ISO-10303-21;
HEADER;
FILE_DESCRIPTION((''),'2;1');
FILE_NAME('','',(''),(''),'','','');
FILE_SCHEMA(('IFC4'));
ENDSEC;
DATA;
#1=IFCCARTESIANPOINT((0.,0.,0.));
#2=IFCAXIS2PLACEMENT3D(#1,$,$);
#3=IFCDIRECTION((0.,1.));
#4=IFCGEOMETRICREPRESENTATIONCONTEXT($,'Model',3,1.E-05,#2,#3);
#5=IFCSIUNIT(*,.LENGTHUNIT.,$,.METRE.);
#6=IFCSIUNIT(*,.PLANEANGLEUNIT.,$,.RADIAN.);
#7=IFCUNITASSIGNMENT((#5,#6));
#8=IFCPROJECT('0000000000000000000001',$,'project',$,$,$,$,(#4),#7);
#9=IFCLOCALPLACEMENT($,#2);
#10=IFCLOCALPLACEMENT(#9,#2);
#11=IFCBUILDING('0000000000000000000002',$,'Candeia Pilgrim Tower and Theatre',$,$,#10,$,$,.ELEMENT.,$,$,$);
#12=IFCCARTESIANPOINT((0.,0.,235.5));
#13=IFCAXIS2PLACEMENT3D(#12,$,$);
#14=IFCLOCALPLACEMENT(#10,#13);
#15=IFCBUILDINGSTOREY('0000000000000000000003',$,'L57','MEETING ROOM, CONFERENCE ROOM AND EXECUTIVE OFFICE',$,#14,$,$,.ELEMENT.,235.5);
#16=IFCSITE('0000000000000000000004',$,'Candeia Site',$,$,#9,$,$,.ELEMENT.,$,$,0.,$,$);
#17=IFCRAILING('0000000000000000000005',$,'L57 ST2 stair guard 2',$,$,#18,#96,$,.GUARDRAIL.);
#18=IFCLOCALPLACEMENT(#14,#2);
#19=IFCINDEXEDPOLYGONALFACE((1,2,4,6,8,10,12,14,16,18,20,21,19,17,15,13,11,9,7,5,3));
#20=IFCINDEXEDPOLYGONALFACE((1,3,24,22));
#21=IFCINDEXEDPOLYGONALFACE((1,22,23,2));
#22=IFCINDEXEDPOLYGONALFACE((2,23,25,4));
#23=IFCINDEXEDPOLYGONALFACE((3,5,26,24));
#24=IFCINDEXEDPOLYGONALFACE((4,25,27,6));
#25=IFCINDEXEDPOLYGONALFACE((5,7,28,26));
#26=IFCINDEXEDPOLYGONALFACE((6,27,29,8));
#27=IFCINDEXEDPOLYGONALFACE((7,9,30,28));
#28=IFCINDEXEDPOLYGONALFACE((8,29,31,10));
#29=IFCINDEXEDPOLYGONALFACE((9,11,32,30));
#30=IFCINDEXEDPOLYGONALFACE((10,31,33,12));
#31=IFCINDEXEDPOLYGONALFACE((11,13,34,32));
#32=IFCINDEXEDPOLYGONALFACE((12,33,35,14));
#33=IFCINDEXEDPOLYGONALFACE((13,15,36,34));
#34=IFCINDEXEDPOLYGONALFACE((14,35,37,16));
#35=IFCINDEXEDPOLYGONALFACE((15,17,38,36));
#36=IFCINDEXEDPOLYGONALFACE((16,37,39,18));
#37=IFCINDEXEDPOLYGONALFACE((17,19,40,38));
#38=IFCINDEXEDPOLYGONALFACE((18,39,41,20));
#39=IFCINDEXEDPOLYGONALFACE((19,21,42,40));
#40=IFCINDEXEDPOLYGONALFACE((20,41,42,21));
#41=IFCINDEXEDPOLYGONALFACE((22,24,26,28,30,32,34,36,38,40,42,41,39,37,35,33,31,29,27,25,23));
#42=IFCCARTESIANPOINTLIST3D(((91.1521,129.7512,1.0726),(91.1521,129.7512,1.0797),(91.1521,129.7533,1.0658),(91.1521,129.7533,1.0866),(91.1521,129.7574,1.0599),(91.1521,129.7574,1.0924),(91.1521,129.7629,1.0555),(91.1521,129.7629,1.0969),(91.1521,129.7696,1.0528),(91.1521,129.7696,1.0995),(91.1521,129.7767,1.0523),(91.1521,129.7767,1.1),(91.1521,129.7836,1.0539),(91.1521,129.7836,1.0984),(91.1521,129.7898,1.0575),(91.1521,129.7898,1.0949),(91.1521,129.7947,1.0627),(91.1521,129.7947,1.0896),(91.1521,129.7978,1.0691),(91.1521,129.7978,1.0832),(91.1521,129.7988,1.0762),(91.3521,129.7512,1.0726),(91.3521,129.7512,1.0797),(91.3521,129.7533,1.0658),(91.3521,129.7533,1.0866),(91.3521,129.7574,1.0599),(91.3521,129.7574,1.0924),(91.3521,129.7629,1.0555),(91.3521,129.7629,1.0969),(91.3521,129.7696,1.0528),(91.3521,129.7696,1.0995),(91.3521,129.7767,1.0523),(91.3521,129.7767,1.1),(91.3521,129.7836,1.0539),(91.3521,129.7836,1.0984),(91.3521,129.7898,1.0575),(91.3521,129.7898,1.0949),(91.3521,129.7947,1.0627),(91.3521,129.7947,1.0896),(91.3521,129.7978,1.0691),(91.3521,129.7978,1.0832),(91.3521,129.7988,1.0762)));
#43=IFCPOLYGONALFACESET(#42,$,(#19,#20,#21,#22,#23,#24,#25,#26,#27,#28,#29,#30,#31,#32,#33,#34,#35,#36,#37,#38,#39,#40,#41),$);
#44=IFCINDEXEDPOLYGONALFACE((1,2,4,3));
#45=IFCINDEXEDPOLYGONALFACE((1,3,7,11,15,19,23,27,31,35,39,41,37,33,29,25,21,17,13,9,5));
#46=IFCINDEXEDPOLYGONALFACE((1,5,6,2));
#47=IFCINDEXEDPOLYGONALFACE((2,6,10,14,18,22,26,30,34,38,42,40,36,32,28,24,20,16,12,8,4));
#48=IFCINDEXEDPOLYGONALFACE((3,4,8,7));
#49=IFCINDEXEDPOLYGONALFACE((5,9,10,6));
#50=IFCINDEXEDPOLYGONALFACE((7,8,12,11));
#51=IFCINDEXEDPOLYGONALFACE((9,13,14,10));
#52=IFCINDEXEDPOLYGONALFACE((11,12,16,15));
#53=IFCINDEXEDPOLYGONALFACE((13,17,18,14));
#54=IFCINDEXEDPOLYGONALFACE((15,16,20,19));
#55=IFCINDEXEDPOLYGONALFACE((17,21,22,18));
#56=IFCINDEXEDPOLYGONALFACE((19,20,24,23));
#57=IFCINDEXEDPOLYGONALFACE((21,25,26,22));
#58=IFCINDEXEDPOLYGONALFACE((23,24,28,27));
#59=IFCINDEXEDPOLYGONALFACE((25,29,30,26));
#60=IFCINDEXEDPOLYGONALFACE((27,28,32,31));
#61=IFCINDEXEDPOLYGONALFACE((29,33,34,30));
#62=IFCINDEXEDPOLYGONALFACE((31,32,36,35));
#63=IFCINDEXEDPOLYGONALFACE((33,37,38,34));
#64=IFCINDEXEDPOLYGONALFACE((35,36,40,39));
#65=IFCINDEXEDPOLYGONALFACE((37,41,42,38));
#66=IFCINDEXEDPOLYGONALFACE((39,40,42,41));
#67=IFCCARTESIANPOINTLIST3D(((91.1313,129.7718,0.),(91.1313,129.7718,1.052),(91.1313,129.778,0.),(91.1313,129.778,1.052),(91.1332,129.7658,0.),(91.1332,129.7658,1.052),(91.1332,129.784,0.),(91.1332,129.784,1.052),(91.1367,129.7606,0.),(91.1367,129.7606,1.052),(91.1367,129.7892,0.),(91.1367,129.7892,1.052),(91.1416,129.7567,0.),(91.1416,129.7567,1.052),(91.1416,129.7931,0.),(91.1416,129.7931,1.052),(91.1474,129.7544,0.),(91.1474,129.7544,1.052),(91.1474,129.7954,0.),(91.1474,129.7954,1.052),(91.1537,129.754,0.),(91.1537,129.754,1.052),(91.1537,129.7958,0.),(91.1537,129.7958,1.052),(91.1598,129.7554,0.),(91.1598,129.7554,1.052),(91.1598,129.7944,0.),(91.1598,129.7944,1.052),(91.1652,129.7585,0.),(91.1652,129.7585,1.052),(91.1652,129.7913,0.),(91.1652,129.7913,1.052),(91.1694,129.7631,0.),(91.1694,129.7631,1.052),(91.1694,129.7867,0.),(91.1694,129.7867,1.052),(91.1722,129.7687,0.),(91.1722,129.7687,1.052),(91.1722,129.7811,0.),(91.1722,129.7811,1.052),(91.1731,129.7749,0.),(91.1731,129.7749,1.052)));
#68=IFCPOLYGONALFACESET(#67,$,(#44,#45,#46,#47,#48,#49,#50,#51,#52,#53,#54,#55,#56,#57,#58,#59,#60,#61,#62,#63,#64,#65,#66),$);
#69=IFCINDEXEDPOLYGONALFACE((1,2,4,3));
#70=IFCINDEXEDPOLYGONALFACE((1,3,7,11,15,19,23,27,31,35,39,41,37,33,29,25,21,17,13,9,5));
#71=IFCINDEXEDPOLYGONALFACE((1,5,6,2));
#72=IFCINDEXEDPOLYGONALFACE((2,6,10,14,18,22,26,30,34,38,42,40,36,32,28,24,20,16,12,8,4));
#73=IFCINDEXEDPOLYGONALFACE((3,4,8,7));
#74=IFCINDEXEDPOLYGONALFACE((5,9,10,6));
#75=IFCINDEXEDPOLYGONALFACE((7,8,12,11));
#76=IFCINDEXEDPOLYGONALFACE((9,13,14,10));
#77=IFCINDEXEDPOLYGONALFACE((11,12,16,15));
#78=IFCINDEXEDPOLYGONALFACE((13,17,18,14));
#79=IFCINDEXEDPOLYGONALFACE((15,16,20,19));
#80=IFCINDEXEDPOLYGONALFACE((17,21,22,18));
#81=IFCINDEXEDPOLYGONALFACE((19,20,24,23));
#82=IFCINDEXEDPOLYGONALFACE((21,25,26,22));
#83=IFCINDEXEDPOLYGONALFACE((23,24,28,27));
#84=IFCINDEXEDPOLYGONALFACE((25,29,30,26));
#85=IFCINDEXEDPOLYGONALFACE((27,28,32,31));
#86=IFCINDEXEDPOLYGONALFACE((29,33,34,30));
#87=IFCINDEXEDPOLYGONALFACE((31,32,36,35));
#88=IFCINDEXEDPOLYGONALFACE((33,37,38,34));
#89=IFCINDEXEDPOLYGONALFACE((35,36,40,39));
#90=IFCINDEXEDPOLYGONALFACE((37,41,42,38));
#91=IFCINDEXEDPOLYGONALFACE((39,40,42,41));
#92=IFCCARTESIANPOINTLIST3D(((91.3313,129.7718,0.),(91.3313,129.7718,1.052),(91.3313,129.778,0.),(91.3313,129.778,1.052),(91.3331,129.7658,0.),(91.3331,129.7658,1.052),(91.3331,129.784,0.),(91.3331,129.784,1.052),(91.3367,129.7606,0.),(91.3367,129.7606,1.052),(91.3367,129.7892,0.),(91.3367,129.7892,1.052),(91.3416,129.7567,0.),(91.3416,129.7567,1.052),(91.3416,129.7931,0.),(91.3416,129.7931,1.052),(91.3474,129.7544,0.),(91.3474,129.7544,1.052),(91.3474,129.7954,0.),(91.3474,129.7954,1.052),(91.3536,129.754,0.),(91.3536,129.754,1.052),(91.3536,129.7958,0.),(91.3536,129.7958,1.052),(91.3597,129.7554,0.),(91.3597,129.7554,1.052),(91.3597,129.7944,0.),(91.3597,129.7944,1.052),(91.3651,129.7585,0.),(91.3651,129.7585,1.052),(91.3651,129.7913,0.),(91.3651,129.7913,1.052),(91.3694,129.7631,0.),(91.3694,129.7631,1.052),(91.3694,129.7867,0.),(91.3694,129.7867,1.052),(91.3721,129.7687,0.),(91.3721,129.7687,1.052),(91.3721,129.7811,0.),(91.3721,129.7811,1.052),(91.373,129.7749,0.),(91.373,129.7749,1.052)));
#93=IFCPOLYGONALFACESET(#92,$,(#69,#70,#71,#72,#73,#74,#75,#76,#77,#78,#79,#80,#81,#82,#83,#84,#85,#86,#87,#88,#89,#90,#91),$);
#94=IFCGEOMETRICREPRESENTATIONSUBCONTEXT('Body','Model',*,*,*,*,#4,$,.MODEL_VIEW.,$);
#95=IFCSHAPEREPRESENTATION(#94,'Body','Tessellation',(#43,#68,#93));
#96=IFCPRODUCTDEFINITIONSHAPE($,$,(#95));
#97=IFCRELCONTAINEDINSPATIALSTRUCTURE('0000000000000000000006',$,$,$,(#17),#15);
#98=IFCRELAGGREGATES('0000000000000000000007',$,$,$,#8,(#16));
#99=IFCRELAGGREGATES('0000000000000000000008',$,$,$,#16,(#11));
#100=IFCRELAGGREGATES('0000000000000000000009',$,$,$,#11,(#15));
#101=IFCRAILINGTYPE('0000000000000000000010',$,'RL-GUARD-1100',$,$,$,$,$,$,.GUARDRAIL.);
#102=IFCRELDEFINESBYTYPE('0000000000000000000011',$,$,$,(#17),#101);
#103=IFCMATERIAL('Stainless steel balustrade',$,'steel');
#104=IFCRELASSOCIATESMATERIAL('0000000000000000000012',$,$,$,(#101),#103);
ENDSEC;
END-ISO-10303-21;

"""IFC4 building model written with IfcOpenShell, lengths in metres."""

from ifc_helpers import new_model, si_unit, direction, frame, origin, origin_2d, place, context, subcontext, project, spatial, circle, extrude, material, type_object, element, save


model = new_model("IFC4")

# Units and contexts
model_context = context("Model", 3, precision=1e-05, world=origin(), true_north=direction((0.0, 1.0)))
body_context = subcontext(model_context, "Body", "Model", "MODEL_VIEW")
ifc_project = project(units=[si_unit("LENGTHUNIT", "METRE"), si_unit("PLANEANGLEUNIT", "RADIAN")], contexts=[model_context])

# Site, building, storey
site_placement = place(None, origin())
site = spatial("IfcSite", under=ifc_project, at=site_placement, Name="Candeia Site", CompositionType="ELEMENT", RefElevation=0.0)
building_placement = place(site_placement, origin())
building = spatial("IfcBuilding", under=site, at=building_placement, Name="Candeia Pilgrim Tower and Theatre", CompositionType="ELEMENT")
storey_placement = place(building_placement, frame((0.0, 0.0, 235.5)))
storey = spatial("IfcBuildingStorey", under=building, at=storey_placement, Name="L57", Description="MEETING ROOM, CONFERENCE ROOM AND EXECUTIVE OFFICE", CompositionType="ELEMENT", Elevation=235.5)

# Shared definitions
ifc_material_1 = material(Name="Stainless steel balustrade", Category="steel")

# Railing
railing_type_1 = type_object("IfcRailingType", Name="RL-GUARD-1100", PredefinedType="GUARDRAIL", material=ifc_material_1)
railing_1_placement = place(storey_placement, frame((91.1521, 129.7749, 0.0)))
element("IfcRailing", 1, at=railing_1_placement, inside=storey, type_object=railing_type_1, Name="L57 ST2 stair guard 2", PredefinedType="GUARDRAIL", context=body_context, shape_type="SweptSolid", body=[
    extrude(circle(Radius=0.0239, at=origin_2d()), frame((0.0, 0.0, 1.0762), z_axis=(1.0, 0.0, 0.0), x_axis=(0.0, 1.0, 0.0)), (0.0, 0.0, 1.0), 0.2),
    extrude(circle(Radius=0.021, at=origin_2d()), origin(), (0.0, 0.0, 1.0), 1.052),
    extrude(circle(Radius=0.021, at=origin_2d()), frame((0.2, 0.0, 0.0)), (0.0, 0.0, 1.0), 1.052),
])

save(model, "model.ifc")
